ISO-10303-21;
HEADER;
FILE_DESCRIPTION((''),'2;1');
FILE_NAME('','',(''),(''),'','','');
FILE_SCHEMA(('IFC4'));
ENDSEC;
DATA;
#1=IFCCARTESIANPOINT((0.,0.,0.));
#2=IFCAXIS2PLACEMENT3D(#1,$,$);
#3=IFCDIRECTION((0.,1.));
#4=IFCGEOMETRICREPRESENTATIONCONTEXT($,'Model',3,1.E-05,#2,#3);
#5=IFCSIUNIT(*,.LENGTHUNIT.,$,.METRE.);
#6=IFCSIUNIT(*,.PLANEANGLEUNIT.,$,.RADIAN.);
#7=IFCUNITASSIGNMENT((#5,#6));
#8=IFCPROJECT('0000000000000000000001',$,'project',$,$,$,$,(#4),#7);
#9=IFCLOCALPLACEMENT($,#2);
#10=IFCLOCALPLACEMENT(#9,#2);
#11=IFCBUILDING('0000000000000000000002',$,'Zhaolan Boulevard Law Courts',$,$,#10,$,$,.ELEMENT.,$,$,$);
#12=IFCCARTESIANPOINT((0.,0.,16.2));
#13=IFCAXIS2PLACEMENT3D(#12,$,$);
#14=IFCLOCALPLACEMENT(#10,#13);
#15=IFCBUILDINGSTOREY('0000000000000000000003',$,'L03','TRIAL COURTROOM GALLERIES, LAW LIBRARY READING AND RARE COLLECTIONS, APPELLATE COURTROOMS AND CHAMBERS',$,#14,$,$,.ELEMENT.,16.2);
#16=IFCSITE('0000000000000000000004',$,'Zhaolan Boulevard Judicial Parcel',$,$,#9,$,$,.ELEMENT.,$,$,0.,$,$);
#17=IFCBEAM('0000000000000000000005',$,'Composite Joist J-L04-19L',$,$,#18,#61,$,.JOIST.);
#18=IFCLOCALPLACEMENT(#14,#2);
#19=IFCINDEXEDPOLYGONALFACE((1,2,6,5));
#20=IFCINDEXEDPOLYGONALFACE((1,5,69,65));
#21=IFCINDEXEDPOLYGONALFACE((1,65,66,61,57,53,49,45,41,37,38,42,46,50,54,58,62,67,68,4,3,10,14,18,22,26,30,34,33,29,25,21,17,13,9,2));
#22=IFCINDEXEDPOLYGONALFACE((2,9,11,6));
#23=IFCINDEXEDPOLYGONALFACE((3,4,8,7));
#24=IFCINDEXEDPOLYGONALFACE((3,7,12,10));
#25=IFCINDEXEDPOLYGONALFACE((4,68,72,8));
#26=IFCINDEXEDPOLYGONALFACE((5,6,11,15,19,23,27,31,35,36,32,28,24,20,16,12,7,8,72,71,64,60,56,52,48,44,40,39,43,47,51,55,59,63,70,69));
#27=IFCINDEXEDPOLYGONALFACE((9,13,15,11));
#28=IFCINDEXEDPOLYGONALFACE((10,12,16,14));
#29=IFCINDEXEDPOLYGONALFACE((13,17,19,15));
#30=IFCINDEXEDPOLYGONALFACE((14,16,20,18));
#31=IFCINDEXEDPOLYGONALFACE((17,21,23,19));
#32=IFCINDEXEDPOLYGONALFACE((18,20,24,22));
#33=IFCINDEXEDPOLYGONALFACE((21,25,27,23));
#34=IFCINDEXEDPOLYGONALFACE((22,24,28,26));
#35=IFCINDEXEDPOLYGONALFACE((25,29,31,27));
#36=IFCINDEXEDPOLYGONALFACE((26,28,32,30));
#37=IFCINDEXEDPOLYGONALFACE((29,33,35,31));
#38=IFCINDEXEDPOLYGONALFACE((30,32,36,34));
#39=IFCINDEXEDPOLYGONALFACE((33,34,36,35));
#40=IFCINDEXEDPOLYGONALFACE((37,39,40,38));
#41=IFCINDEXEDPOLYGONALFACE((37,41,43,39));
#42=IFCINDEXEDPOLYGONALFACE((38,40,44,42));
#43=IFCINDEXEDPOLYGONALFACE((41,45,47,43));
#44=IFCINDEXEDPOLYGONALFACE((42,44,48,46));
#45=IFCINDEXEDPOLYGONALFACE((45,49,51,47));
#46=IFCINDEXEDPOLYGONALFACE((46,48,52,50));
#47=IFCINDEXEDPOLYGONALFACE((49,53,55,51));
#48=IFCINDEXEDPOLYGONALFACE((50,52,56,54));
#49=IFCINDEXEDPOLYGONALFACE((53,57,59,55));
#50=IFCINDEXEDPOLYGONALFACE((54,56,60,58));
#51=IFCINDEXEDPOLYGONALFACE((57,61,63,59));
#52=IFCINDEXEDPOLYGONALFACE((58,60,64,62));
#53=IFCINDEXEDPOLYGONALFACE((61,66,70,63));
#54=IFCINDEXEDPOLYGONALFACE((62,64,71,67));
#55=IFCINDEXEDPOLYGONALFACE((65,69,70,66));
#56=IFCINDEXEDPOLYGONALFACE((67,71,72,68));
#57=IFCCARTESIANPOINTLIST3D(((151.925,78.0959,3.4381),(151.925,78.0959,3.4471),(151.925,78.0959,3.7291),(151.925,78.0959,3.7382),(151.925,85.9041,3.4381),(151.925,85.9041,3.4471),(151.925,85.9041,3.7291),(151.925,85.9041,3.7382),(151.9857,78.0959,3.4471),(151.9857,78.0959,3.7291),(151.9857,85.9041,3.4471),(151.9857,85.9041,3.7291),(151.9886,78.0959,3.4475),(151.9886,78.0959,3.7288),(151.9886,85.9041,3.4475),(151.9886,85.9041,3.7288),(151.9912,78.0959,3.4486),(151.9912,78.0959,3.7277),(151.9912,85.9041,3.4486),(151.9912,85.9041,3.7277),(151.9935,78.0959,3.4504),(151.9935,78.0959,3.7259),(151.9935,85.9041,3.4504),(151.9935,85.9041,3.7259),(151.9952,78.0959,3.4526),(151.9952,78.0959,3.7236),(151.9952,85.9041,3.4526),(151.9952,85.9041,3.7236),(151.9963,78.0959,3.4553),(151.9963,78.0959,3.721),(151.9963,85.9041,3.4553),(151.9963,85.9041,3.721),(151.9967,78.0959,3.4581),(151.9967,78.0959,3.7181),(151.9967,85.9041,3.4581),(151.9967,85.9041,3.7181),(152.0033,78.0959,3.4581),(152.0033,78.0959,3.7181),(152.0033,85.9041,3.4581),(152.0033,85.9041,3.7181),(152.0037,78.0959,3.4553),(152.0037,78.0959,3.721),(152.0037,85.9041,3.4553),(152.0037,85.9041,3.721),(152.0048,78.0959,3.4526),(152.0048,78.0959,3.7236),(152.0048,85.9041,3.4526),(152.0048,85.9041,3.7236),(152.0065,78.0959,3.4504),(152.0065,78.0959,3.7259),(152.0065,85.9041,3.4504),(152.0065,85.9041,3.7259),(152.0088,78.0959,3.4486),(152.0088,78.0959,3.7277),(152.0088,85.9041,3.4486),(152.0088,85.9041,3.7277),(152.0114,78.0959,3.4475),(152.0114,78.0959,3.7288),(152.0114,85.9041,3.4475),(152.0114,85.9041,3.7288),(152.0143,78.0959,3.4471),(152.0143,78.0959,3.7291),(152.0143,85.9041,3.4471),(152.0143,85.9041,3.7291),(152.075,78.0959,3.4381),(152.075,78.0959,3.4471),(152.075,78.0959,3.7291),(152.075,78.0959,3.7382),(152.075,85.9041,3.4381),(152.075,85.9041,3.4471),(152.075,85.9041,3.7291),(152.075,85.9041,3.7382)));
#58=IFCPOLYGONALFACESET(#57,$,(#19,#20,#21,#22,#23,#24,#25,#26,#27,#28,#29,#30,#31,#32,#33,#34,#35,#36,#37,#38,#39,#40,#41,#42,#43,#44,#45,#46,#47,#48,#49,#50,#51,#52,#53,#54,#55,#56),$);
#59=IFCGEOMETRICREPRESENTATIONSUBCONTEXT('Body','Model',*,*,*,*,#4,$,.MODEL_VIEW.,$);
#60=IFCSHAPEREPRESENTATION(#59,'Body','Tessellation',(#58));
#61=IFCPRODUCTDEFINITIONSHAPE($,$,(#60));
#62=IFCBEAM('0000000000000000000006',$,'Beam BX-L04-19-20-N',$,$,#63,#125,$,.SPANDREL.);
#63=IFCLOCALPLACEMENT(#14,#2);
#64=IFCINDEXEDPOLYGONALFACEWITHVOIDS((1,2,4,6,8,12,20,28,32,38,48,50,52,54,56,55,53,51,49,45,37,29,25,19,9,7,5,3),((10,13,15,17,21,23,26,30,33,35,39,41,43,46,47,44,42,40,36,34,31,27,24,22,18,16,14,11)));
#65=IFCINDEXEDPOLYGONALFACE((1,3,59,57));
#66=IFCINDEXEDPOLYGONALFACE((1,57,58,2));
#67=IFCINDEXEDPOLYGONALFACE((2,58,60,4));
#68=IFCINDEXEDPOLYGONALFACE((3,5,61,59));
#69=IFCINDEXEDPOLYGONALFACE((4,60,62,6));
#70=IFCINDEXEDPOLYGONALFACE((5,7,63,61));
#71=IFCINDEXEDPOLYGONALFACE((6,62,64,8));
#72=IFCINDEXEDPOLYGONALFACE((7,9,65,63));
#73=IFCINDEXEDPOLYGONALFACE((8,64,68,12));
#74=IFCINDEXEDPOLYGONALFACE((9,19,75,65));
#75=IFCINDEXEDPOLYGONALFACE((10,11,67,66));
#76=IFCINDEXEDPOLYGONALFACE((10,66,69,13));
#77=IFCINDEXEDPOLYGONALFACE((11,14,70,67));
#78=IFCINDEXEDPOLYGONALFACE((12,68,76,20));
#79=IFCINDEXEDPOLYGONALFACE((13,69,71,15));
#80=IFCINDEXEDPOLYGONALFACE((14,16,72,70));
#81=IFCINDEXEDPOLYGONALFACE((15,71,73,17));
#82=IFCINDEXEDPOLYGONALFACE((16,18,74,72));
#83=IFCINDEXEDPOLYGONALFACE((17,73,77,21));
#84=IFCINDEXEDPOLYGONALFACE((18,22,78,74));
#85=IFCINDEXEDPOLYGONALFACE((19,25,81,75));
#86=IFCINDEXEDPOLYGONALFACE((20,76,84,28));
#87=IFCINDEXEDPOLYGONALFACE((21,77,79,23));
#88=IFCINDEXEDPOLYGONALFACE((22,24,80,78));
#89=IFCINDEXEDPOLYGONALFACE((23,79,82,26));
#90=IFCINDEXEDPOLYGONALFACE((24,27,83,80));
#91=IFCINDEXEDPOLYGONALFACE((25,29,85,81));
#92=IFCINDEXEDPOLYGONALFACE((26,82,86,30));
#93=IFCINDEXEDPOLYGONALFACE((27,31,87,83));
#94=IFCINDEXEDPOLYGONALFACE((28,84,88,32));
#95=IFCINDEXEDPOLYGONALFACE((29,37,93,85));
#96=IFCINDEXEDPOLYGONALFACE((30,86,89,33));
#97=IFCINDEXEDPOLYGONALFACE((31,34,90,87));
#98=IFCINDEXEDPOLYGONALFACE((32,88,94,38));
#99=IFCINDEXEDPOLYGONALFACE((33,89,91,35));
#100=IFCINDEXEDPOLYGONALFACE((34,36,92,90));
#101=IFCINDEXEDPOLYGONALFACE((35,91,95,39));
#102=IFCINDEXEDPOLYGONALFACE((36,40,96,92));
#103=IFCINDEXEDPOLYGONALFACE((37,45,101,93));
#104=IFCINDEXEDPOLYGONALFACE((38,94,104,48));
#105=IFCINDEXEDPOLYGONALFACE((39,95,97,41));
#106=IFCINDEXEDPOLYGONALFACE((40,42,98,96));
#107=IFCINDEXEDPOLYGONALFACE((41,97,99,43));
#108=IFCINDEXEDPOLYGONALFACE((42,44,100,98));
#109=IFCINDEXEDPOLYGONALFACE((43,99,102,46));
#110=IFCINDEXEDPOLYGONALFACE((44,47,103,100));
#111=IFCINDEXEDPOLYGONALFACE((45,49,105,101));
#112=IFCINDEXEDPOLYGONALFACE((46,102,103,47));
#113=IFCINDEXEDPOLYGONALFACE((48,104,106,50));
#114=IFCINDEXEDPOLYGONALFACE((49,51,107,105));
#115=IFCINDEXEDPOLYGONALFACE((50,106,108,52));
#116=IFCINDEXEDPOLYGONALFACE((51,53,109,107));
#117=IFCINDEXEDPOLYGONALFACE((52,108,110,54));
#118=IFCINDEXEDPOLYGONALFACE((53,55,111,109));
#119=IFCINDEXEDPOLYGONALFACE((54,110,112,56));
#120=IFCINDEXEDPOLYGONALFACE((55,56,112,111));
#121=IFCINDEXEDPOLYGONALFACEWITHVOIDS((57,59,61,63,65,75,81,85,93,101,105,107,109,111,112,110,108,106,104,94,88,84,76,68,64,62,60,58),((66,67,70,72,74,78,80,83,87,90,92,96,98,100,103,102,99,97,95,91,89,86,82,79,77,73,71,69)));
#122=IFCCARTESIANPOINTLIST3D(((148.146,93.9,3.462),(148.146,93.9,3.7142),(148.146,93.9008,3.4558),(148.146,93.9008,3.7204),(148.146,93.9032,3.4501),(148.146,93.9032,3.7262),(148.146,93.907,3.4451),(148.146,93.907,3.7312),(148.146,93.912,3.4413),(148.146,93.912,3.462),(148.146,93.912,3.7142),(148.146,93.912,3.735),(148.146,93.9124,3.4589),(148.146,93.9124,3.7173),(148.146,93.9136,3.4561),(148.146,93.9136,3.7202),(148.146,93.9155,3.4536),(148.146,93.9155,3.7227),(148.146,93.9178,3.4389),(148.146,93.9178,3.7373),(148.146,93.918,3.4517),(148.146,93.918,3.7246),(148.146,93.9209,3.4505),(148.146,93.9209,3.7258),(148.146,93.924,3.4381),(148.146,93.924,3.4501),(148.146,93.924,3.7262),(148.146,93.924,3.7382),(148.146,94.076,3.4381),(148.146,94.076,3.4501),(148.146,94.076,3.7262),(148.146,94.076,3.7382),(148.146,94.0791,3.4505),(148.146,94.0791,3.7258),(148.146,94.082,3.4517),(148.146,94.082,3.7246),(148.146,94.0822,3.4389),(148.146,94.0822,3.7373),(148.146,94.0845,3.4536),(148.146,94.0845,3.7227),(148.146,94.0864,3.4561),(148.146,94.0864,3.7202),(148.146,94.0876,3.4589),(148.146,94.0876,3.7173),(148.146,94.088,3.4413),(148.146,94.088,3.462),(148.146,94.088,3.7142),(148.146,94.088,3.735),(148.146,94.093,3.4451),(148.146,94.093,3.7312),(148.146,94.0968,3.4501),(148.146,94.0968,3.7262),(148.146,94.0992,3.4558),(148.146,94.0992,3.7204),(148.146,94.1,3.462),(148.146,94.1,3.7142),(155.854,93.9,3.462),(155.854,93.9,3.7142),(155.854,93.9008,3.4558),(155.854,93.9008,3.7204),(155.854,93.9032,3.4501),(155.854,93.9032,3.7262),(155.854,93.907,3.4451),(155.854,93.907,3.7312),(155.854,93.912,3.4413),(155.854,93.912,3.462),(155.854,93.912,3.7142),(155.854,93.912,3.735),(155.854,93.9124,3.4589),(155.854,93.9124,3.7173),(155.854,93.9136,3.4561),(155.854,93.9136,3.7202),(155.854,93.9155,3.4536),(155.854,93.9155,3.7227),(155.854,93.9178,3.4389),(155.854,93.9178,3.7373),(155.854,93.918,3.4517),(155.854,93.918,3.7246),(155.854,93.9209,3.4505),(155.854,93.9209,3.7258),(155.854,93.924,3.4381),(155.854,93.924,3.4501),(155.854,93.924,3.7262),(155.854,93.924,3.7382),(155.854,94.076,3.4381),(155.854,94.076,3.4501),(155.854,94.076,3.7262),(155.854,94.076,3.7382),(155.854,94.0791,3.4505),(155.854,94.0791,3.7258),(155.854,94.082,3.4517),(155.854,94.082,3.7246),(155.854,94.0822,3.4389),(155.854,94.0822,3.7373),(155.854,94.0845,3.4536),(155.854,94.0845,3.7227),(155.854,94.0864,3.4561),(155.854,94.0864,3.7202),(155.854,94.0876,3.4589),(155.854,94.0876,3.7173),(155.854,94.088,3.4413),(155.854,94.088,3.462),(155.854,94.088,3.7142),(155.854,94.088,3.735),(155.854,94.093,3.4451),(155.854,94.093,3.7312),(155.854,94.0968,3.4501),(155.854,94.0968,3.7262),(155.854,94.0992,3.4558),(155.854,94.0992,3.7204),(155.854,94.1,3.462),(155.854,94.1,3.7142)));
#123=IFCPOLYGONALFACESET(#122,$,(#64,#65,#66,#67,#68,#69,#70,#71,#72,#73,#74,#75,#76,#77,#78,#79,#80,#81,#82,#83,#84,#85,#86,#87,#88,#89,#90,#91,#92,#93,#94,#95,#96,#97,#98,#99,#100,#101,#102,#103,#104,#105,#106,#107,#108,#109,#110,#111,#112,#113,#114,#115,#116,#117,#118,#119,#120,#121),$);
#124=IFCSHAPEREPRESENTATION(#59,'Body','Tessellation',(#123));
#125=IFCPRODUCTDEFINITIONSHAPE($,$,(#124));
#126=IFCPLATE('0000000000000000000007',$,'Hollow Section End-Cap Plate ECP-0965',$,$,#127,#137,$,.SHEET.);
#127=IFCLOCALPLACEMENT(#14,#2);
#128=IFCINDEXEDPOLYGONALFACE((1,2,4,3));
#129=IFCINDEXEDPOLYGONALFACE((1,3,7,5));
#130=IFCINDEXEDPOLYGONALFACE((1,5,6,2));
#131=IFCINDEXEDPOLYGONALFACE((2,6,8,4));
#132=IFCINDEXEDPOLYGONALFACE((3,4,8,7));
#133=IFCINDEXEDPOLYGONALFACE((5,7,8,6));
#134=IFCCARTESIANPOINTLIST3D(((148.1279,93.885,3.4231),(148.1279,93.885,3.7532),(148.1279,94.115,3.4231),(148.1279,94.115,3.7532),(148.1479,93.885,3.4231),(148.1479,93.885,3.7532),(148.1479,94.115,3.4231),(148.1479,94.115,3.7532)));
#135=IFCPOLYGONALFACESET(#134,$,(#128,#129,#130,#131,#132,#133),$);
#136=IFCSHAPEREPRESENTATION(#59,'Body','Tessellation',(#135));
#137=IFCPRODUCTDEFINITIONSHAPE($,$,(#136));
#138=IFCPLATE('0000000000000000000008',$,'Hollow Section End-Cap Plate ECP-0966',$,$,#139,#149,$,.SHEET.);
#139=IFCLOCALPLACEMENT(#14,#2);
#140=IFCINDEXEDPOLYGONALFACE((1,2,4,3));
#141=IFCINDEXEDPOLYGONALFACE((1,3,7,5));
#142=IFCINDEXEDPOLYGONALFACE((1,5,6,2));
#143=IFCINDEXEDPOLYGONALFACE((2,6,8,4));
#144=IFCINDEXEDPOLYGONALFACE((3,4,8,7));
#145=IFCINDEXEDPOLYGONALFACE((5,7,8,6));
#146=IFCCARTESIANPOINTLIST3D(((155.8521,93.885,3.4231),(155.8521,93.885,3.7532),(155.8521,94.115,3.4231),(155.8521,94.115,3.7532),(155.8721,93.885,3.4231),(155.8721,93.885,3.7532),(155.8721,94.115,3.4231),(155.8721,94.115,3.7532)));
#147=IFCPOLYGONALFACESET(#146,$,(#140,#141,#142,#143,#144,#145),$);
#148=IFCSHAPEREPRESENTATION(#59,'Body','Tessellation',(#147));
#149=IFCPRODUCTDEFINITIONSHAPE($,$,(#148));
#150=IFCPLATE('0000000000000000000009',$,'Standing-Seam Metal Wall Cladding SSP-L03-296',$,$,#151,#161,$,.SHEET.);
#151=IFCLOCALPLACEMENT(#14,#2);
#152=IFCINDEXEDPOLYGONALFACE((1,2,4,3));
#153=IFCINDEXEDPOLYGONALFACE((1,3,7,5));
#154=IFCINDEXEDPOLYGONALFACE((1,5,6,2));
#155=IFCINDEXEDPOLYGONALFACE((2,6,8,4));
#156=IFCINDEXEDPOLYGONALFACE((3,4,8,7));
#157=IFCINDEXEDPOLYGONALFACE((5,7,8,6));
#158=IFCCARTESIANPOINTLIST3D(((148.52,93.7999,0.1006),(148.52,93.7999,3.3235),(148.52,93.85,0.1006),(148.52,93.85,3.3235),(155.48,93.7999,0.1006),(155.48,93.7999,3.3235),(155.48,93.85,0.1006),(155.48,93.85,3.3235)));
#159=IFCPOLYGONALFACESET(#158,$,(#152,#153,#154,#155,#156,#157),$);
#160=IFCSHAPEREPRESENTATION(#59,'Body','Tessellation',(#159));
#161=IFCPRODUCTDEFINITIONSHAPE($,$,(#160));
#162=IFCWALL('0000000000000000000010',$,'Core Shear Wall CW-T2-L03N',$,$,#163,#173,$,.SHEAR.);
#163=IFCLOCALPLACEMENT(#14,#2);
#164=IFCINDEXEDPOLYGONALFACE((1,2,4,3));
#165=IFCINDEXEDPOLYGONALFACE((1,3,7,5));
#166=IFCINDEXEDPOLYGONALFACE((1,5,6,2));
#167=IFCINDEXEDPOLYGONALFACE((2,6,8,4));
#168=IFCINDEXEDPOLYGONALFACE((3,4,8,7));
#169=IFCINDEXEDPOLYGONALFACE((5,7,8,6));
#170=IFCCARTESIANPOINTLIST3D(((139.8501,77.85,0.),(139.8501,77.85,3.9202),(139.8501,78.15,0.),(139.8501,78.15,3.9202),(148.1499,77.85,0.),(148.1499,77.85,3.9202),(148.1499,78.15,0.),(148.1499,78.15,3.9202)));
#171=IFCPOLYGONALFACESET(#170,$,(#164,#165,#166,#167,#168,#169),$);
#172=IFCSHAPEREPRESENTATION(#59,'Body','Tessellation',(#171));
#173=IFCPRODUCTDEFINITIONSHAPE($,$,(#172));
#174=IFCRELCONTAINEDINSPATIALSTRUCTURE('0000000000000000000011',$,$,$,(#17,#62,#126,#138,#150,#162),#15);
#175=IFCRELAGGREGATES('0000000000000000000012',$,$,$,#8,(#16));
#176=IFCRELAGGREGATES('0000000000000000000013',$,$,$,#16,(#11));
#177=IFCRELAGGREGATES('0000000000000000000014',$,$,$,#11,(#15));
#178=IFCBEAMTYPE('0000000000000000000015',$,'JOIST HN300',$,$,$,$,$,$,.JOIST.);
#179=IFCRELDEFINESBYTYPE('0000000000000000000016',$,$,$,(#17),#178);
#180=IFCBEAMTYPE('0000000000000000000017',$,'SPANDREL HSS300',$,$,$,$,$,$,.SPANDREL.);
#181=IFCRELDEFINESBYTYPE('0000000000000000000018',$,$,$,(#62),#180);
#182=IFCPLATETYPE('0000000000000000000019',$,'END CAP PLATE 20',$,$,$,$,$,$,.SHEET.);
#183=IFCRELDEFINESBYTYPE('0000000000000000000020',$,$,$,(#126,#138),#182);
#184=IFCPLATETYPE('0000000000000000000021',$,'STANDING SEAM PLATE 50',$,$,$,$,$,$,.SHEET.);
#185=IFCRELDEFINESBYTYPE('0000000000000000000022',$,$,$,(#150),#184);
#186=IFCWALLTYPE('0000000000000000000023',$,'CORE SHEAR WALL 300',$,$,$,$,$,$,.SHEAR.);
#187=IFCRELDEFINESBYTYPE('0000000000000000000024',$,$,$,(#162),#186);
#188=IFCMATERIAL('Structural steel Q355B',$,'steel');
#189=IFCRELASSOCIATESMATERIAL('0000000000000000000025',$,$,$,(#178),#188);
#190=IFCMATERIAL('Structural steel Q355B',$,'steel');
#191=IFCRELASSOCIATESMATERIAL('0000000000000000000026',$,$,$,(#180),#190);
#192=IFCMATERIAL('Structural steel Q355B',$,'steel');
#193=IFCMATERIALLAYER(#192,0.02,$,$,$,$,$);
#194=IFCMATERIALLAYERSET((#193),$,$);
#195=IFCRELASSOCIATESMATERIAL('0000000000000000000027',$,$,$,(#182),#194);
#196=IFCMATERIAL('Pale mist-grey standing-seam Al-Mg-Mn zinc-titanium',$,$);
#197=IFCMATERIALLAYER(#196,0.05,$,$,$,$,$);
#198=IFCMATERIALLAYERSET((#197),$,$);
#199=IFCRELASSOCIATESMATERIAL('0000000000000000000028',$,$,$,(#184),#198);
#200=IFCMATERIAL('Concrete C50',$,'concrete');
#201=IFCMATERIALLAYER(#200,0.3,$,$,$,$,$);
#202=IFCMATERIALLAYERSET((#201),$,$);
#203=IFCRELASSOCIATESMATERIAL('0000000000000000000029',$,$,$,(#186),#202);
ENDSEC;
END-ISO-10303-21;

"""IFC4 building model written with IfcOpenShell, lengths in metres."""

from ifc_helpers import new_model, si_unit, direction, frame, frame_2d, origin, origin_2d, place, context, subcontext, project, spatial, rectangle, hollow_rectangle, i_section, extrude, material, layer, layer_set, material_profile, profile_set, type_object, element, save


model = new_model("IFC4")

# Units and contexts
model_context = context("Model", 3, precision=1e-05, world=origin(), true_north=direction((0.0, 1.0)))
body_context = subcontext(model_context, "Body", "Model", "MODEL_VIEW")
ifc_project = project(units=[si_unit("LENGTHUNIT", "METRE"), si_unit("PLANEANGLEUNIT", "RADIAN")], contexts=[model_context])

# Site, building, storey
site_placement = place(None, origin())
site = spatial("IfcSite", under=ifc_project, at=site_placement, Name="Zhaolan Boulevard Judicial Parcel", CompositionType="ELEMENT", RefElevation=0.0)
building_placement = place(site_placement, origin())
building = spatial("IfcBuilding", under=site, at=building_placement, Name="Zhaolan Boulevard Law Courts", CompositionType="ELEMENT")
storey_placement = place(building_placement, frame((0.0, 0.0, 16.2)))
storey = spatial("IfcBuildingStorey", under=building, at=storey_placement, Name="L03", Description="TRIAL COURTROOM GALLERIES, LAW LIBRARY READING AND RARE COLLECTIONS, APPELLATE COURTROOMS AND CHAMBERS", CompositionType="ELEMENT", Elevation=16.2)

# Beams
ifc_material_1 = material(Name="Structural steel Q355B", Category="steel")
ifc_material_profile_1 = material_profile(ifc_material_1, i_section(OverallWidth=0.1499, OverallDepth=0.3, WebThickness=0.0066, FlangeThickness=0.009, FilletRadius=0.011, at=origin_2d()), Name="HN300x150")
ifc_profile_set_1 = profile_set([ifc_material_profile_1], Name="Structural steel Q355B")
beam_type_1 = type_object("IfcBeamType", Name="JOIST HN300", PredefinedType="JOIST", material=ifc_profile_set_1)
beam_1_placement = place(storey_placement, frame((152.0, 78.0959, 3.5881), z_axis=(0.0, 1.0, 0.0), x_axis=(-1.0, 0.0, 0.0)))
element("IfcBeam", 1, at=beam_1_placement, inside=storey, type_object=beam_type_1, Name="Composite Joist J-L04-19L", PredefinedType="JOIST", context=body_context, shape_type="SweptSolid", body=[
    extrude(i_section(OverallWidth=0.1499, OverallDepth=0.3, WebThickness=0.0066, FlangeThickness=0.009, FilletRadius=0.011, at=origin_2d()), origin(), (0.0, 0.0, 1.0), 7.8081),
])
ifc_material_2 = material(Name="Structural steel Q355B", Category="steel")
ifc_material_profile_2 = material_profile(ifc_material_2, hollow_rectangle(XDim=0.2, YDim=0.3, WallThickness=0.012, InnerFilletRadius=0.012, OuterFilletRadius=0.0239, at=origin_2d()), Name="HSS300x200x12")
ifc_profile_set_2 = profile_set([ifc_material_profile_2], Name="Structural steel Q355B")
beam_type_2 = type_object("IfcBeamType", Name="SPANDREL HSS300", PredefinedType="SPANDREL", material=ifc_profile_set_2)
beam_2_placement = place(storey_placement, frame((148.146, 94.0, 3.5881), z_axis=(1.0, 0.0, 0.0), x_axis=(0.0, 1.0, 0.0)))
element("IfcBeam", 2, at=beam_2_placement, inside=storey, type_object=beam_type_2, Name="Beam BX-L04-19-20-N", PredefinedType="SPANDREL", context=body_context, shape_type="SweptSolid", body=[
    extrude(hollow_rectangle(XDim=0.2, YDim=0.3, WallThickness=0.012, InnerFilletRadius=0.012, OuterFilletRadius=0.0239, at=origin_2d()), origin(), (0.0, 0.0, 1.0), 7.708),
])

# Plates
ifc_material_3 = material(Name="Structural steel Q355B", Category="steel")
ifc_layer_1 = layer(ifc_material_3, 0.02)
ifc_layer_set_1 = layer_set([ifc_layer_1])
plate_type_1 = type_object("IfcPlateType", Name="END CAP PLATE 20", PredefinedType="SHEET", material=ifc_layer_set_1)
for number, where, z_axis, x_axis, name in (
    (3, (148.1379, 94.0, 3.4231), (0.0, 0.0, 1.0), (1.0, 0.0, 0.0), "Hollow Section End-Cap Plate ECP-0965"),
    (4, (155.8621, 94.0, 3.4231), (0.0, 0.0, 1.0), (1.0, 0.0, 0.0), "Hollow Section End-Cap Plate ECP-0966"),
):
    element("IfcPlate", number, at=place(storey_placement, frame(where, z_axis=z_axis, x_axis=x_axis)), inside=storey, type_object=plate_type_1, Name=name, PredefinedType="SHEET", context=body_context, shape_type="SweptSolid", body=[
        extrude(rectangle(XDim=0.02, YDim=0.23, at=origin_2d()), origin(), (0.0, 0.0, 1.0), 0.3301),
    ])
ifc_material_4 = material(Name="Pale mist-grey standing-seam Al-Mg-Mn zinc-titanium")
ifc_layer_2 = layer(ifc_material_4, 0.05)
ifc_layer_set_2 = layer_set([ifc_layer_2])
plate_type_2 = type_object("IfcPlateType", Name="STANDING SEAM PLATE 50", PredefinedType="SHEET", material=ifc_layer_set_2)
plate_placement = place(storey_placement, frame((152.0, 93.825, 0.1006), z_axis=(0.0, 0.0, 1.0), x_axis=(-1.0, 0.0, 0.0)))
element("IfcPlate", 5, at=plate_placement, inside=storey, type_object=plate_type_2, Name="Standing-Seam Metal Wall Cladding SSP-L03-296", PredefinedType="SHEET", context=body_context, shape_type="SweptSolid", body=[
    extrude(rectangle(XDim=6.96, YDim=0.05, at=origin_2d()), origin(), (0.0, 0.0, 1.0), 3.2229),
])

# Wall
ifc_material_5 = material(Name="Concrete C50", Category="concrete")
ifc_layer_3 = layer(ifc_material_5, 0.3)
ifc_layer_set_3 = layer_set([ifc_layer_3])
wall_type_1 = type_object("IfcWallType", Name="CORE SHEAR WALL 300", PredefinedType="SHEAR", material=ifc_layer_set_3)
wall_1_placement = place(storey_placement, frame((148.1499, 78.0, 0.0), z_axis=(0.0, 0.0, 1.0), x_axis=(-1.0, 0.0, 0.0)))
element("IfcWall", 6, at=wall_1_placement, inside=storey, type_object=wall_type_1, Name="Core Shear Wall CW-T2-L03N", PredefinedType="SHEAR", context=body_context, shape_type="SweptSolid", body=[
    extrude(rectangle(XDim=8.2998, YDim=0.3, at=frame_2d((4.1499, 0.0))), origin(), (0.0, 0.0, 1.0), 3.9202),
])

save(model, "model.ifc")
